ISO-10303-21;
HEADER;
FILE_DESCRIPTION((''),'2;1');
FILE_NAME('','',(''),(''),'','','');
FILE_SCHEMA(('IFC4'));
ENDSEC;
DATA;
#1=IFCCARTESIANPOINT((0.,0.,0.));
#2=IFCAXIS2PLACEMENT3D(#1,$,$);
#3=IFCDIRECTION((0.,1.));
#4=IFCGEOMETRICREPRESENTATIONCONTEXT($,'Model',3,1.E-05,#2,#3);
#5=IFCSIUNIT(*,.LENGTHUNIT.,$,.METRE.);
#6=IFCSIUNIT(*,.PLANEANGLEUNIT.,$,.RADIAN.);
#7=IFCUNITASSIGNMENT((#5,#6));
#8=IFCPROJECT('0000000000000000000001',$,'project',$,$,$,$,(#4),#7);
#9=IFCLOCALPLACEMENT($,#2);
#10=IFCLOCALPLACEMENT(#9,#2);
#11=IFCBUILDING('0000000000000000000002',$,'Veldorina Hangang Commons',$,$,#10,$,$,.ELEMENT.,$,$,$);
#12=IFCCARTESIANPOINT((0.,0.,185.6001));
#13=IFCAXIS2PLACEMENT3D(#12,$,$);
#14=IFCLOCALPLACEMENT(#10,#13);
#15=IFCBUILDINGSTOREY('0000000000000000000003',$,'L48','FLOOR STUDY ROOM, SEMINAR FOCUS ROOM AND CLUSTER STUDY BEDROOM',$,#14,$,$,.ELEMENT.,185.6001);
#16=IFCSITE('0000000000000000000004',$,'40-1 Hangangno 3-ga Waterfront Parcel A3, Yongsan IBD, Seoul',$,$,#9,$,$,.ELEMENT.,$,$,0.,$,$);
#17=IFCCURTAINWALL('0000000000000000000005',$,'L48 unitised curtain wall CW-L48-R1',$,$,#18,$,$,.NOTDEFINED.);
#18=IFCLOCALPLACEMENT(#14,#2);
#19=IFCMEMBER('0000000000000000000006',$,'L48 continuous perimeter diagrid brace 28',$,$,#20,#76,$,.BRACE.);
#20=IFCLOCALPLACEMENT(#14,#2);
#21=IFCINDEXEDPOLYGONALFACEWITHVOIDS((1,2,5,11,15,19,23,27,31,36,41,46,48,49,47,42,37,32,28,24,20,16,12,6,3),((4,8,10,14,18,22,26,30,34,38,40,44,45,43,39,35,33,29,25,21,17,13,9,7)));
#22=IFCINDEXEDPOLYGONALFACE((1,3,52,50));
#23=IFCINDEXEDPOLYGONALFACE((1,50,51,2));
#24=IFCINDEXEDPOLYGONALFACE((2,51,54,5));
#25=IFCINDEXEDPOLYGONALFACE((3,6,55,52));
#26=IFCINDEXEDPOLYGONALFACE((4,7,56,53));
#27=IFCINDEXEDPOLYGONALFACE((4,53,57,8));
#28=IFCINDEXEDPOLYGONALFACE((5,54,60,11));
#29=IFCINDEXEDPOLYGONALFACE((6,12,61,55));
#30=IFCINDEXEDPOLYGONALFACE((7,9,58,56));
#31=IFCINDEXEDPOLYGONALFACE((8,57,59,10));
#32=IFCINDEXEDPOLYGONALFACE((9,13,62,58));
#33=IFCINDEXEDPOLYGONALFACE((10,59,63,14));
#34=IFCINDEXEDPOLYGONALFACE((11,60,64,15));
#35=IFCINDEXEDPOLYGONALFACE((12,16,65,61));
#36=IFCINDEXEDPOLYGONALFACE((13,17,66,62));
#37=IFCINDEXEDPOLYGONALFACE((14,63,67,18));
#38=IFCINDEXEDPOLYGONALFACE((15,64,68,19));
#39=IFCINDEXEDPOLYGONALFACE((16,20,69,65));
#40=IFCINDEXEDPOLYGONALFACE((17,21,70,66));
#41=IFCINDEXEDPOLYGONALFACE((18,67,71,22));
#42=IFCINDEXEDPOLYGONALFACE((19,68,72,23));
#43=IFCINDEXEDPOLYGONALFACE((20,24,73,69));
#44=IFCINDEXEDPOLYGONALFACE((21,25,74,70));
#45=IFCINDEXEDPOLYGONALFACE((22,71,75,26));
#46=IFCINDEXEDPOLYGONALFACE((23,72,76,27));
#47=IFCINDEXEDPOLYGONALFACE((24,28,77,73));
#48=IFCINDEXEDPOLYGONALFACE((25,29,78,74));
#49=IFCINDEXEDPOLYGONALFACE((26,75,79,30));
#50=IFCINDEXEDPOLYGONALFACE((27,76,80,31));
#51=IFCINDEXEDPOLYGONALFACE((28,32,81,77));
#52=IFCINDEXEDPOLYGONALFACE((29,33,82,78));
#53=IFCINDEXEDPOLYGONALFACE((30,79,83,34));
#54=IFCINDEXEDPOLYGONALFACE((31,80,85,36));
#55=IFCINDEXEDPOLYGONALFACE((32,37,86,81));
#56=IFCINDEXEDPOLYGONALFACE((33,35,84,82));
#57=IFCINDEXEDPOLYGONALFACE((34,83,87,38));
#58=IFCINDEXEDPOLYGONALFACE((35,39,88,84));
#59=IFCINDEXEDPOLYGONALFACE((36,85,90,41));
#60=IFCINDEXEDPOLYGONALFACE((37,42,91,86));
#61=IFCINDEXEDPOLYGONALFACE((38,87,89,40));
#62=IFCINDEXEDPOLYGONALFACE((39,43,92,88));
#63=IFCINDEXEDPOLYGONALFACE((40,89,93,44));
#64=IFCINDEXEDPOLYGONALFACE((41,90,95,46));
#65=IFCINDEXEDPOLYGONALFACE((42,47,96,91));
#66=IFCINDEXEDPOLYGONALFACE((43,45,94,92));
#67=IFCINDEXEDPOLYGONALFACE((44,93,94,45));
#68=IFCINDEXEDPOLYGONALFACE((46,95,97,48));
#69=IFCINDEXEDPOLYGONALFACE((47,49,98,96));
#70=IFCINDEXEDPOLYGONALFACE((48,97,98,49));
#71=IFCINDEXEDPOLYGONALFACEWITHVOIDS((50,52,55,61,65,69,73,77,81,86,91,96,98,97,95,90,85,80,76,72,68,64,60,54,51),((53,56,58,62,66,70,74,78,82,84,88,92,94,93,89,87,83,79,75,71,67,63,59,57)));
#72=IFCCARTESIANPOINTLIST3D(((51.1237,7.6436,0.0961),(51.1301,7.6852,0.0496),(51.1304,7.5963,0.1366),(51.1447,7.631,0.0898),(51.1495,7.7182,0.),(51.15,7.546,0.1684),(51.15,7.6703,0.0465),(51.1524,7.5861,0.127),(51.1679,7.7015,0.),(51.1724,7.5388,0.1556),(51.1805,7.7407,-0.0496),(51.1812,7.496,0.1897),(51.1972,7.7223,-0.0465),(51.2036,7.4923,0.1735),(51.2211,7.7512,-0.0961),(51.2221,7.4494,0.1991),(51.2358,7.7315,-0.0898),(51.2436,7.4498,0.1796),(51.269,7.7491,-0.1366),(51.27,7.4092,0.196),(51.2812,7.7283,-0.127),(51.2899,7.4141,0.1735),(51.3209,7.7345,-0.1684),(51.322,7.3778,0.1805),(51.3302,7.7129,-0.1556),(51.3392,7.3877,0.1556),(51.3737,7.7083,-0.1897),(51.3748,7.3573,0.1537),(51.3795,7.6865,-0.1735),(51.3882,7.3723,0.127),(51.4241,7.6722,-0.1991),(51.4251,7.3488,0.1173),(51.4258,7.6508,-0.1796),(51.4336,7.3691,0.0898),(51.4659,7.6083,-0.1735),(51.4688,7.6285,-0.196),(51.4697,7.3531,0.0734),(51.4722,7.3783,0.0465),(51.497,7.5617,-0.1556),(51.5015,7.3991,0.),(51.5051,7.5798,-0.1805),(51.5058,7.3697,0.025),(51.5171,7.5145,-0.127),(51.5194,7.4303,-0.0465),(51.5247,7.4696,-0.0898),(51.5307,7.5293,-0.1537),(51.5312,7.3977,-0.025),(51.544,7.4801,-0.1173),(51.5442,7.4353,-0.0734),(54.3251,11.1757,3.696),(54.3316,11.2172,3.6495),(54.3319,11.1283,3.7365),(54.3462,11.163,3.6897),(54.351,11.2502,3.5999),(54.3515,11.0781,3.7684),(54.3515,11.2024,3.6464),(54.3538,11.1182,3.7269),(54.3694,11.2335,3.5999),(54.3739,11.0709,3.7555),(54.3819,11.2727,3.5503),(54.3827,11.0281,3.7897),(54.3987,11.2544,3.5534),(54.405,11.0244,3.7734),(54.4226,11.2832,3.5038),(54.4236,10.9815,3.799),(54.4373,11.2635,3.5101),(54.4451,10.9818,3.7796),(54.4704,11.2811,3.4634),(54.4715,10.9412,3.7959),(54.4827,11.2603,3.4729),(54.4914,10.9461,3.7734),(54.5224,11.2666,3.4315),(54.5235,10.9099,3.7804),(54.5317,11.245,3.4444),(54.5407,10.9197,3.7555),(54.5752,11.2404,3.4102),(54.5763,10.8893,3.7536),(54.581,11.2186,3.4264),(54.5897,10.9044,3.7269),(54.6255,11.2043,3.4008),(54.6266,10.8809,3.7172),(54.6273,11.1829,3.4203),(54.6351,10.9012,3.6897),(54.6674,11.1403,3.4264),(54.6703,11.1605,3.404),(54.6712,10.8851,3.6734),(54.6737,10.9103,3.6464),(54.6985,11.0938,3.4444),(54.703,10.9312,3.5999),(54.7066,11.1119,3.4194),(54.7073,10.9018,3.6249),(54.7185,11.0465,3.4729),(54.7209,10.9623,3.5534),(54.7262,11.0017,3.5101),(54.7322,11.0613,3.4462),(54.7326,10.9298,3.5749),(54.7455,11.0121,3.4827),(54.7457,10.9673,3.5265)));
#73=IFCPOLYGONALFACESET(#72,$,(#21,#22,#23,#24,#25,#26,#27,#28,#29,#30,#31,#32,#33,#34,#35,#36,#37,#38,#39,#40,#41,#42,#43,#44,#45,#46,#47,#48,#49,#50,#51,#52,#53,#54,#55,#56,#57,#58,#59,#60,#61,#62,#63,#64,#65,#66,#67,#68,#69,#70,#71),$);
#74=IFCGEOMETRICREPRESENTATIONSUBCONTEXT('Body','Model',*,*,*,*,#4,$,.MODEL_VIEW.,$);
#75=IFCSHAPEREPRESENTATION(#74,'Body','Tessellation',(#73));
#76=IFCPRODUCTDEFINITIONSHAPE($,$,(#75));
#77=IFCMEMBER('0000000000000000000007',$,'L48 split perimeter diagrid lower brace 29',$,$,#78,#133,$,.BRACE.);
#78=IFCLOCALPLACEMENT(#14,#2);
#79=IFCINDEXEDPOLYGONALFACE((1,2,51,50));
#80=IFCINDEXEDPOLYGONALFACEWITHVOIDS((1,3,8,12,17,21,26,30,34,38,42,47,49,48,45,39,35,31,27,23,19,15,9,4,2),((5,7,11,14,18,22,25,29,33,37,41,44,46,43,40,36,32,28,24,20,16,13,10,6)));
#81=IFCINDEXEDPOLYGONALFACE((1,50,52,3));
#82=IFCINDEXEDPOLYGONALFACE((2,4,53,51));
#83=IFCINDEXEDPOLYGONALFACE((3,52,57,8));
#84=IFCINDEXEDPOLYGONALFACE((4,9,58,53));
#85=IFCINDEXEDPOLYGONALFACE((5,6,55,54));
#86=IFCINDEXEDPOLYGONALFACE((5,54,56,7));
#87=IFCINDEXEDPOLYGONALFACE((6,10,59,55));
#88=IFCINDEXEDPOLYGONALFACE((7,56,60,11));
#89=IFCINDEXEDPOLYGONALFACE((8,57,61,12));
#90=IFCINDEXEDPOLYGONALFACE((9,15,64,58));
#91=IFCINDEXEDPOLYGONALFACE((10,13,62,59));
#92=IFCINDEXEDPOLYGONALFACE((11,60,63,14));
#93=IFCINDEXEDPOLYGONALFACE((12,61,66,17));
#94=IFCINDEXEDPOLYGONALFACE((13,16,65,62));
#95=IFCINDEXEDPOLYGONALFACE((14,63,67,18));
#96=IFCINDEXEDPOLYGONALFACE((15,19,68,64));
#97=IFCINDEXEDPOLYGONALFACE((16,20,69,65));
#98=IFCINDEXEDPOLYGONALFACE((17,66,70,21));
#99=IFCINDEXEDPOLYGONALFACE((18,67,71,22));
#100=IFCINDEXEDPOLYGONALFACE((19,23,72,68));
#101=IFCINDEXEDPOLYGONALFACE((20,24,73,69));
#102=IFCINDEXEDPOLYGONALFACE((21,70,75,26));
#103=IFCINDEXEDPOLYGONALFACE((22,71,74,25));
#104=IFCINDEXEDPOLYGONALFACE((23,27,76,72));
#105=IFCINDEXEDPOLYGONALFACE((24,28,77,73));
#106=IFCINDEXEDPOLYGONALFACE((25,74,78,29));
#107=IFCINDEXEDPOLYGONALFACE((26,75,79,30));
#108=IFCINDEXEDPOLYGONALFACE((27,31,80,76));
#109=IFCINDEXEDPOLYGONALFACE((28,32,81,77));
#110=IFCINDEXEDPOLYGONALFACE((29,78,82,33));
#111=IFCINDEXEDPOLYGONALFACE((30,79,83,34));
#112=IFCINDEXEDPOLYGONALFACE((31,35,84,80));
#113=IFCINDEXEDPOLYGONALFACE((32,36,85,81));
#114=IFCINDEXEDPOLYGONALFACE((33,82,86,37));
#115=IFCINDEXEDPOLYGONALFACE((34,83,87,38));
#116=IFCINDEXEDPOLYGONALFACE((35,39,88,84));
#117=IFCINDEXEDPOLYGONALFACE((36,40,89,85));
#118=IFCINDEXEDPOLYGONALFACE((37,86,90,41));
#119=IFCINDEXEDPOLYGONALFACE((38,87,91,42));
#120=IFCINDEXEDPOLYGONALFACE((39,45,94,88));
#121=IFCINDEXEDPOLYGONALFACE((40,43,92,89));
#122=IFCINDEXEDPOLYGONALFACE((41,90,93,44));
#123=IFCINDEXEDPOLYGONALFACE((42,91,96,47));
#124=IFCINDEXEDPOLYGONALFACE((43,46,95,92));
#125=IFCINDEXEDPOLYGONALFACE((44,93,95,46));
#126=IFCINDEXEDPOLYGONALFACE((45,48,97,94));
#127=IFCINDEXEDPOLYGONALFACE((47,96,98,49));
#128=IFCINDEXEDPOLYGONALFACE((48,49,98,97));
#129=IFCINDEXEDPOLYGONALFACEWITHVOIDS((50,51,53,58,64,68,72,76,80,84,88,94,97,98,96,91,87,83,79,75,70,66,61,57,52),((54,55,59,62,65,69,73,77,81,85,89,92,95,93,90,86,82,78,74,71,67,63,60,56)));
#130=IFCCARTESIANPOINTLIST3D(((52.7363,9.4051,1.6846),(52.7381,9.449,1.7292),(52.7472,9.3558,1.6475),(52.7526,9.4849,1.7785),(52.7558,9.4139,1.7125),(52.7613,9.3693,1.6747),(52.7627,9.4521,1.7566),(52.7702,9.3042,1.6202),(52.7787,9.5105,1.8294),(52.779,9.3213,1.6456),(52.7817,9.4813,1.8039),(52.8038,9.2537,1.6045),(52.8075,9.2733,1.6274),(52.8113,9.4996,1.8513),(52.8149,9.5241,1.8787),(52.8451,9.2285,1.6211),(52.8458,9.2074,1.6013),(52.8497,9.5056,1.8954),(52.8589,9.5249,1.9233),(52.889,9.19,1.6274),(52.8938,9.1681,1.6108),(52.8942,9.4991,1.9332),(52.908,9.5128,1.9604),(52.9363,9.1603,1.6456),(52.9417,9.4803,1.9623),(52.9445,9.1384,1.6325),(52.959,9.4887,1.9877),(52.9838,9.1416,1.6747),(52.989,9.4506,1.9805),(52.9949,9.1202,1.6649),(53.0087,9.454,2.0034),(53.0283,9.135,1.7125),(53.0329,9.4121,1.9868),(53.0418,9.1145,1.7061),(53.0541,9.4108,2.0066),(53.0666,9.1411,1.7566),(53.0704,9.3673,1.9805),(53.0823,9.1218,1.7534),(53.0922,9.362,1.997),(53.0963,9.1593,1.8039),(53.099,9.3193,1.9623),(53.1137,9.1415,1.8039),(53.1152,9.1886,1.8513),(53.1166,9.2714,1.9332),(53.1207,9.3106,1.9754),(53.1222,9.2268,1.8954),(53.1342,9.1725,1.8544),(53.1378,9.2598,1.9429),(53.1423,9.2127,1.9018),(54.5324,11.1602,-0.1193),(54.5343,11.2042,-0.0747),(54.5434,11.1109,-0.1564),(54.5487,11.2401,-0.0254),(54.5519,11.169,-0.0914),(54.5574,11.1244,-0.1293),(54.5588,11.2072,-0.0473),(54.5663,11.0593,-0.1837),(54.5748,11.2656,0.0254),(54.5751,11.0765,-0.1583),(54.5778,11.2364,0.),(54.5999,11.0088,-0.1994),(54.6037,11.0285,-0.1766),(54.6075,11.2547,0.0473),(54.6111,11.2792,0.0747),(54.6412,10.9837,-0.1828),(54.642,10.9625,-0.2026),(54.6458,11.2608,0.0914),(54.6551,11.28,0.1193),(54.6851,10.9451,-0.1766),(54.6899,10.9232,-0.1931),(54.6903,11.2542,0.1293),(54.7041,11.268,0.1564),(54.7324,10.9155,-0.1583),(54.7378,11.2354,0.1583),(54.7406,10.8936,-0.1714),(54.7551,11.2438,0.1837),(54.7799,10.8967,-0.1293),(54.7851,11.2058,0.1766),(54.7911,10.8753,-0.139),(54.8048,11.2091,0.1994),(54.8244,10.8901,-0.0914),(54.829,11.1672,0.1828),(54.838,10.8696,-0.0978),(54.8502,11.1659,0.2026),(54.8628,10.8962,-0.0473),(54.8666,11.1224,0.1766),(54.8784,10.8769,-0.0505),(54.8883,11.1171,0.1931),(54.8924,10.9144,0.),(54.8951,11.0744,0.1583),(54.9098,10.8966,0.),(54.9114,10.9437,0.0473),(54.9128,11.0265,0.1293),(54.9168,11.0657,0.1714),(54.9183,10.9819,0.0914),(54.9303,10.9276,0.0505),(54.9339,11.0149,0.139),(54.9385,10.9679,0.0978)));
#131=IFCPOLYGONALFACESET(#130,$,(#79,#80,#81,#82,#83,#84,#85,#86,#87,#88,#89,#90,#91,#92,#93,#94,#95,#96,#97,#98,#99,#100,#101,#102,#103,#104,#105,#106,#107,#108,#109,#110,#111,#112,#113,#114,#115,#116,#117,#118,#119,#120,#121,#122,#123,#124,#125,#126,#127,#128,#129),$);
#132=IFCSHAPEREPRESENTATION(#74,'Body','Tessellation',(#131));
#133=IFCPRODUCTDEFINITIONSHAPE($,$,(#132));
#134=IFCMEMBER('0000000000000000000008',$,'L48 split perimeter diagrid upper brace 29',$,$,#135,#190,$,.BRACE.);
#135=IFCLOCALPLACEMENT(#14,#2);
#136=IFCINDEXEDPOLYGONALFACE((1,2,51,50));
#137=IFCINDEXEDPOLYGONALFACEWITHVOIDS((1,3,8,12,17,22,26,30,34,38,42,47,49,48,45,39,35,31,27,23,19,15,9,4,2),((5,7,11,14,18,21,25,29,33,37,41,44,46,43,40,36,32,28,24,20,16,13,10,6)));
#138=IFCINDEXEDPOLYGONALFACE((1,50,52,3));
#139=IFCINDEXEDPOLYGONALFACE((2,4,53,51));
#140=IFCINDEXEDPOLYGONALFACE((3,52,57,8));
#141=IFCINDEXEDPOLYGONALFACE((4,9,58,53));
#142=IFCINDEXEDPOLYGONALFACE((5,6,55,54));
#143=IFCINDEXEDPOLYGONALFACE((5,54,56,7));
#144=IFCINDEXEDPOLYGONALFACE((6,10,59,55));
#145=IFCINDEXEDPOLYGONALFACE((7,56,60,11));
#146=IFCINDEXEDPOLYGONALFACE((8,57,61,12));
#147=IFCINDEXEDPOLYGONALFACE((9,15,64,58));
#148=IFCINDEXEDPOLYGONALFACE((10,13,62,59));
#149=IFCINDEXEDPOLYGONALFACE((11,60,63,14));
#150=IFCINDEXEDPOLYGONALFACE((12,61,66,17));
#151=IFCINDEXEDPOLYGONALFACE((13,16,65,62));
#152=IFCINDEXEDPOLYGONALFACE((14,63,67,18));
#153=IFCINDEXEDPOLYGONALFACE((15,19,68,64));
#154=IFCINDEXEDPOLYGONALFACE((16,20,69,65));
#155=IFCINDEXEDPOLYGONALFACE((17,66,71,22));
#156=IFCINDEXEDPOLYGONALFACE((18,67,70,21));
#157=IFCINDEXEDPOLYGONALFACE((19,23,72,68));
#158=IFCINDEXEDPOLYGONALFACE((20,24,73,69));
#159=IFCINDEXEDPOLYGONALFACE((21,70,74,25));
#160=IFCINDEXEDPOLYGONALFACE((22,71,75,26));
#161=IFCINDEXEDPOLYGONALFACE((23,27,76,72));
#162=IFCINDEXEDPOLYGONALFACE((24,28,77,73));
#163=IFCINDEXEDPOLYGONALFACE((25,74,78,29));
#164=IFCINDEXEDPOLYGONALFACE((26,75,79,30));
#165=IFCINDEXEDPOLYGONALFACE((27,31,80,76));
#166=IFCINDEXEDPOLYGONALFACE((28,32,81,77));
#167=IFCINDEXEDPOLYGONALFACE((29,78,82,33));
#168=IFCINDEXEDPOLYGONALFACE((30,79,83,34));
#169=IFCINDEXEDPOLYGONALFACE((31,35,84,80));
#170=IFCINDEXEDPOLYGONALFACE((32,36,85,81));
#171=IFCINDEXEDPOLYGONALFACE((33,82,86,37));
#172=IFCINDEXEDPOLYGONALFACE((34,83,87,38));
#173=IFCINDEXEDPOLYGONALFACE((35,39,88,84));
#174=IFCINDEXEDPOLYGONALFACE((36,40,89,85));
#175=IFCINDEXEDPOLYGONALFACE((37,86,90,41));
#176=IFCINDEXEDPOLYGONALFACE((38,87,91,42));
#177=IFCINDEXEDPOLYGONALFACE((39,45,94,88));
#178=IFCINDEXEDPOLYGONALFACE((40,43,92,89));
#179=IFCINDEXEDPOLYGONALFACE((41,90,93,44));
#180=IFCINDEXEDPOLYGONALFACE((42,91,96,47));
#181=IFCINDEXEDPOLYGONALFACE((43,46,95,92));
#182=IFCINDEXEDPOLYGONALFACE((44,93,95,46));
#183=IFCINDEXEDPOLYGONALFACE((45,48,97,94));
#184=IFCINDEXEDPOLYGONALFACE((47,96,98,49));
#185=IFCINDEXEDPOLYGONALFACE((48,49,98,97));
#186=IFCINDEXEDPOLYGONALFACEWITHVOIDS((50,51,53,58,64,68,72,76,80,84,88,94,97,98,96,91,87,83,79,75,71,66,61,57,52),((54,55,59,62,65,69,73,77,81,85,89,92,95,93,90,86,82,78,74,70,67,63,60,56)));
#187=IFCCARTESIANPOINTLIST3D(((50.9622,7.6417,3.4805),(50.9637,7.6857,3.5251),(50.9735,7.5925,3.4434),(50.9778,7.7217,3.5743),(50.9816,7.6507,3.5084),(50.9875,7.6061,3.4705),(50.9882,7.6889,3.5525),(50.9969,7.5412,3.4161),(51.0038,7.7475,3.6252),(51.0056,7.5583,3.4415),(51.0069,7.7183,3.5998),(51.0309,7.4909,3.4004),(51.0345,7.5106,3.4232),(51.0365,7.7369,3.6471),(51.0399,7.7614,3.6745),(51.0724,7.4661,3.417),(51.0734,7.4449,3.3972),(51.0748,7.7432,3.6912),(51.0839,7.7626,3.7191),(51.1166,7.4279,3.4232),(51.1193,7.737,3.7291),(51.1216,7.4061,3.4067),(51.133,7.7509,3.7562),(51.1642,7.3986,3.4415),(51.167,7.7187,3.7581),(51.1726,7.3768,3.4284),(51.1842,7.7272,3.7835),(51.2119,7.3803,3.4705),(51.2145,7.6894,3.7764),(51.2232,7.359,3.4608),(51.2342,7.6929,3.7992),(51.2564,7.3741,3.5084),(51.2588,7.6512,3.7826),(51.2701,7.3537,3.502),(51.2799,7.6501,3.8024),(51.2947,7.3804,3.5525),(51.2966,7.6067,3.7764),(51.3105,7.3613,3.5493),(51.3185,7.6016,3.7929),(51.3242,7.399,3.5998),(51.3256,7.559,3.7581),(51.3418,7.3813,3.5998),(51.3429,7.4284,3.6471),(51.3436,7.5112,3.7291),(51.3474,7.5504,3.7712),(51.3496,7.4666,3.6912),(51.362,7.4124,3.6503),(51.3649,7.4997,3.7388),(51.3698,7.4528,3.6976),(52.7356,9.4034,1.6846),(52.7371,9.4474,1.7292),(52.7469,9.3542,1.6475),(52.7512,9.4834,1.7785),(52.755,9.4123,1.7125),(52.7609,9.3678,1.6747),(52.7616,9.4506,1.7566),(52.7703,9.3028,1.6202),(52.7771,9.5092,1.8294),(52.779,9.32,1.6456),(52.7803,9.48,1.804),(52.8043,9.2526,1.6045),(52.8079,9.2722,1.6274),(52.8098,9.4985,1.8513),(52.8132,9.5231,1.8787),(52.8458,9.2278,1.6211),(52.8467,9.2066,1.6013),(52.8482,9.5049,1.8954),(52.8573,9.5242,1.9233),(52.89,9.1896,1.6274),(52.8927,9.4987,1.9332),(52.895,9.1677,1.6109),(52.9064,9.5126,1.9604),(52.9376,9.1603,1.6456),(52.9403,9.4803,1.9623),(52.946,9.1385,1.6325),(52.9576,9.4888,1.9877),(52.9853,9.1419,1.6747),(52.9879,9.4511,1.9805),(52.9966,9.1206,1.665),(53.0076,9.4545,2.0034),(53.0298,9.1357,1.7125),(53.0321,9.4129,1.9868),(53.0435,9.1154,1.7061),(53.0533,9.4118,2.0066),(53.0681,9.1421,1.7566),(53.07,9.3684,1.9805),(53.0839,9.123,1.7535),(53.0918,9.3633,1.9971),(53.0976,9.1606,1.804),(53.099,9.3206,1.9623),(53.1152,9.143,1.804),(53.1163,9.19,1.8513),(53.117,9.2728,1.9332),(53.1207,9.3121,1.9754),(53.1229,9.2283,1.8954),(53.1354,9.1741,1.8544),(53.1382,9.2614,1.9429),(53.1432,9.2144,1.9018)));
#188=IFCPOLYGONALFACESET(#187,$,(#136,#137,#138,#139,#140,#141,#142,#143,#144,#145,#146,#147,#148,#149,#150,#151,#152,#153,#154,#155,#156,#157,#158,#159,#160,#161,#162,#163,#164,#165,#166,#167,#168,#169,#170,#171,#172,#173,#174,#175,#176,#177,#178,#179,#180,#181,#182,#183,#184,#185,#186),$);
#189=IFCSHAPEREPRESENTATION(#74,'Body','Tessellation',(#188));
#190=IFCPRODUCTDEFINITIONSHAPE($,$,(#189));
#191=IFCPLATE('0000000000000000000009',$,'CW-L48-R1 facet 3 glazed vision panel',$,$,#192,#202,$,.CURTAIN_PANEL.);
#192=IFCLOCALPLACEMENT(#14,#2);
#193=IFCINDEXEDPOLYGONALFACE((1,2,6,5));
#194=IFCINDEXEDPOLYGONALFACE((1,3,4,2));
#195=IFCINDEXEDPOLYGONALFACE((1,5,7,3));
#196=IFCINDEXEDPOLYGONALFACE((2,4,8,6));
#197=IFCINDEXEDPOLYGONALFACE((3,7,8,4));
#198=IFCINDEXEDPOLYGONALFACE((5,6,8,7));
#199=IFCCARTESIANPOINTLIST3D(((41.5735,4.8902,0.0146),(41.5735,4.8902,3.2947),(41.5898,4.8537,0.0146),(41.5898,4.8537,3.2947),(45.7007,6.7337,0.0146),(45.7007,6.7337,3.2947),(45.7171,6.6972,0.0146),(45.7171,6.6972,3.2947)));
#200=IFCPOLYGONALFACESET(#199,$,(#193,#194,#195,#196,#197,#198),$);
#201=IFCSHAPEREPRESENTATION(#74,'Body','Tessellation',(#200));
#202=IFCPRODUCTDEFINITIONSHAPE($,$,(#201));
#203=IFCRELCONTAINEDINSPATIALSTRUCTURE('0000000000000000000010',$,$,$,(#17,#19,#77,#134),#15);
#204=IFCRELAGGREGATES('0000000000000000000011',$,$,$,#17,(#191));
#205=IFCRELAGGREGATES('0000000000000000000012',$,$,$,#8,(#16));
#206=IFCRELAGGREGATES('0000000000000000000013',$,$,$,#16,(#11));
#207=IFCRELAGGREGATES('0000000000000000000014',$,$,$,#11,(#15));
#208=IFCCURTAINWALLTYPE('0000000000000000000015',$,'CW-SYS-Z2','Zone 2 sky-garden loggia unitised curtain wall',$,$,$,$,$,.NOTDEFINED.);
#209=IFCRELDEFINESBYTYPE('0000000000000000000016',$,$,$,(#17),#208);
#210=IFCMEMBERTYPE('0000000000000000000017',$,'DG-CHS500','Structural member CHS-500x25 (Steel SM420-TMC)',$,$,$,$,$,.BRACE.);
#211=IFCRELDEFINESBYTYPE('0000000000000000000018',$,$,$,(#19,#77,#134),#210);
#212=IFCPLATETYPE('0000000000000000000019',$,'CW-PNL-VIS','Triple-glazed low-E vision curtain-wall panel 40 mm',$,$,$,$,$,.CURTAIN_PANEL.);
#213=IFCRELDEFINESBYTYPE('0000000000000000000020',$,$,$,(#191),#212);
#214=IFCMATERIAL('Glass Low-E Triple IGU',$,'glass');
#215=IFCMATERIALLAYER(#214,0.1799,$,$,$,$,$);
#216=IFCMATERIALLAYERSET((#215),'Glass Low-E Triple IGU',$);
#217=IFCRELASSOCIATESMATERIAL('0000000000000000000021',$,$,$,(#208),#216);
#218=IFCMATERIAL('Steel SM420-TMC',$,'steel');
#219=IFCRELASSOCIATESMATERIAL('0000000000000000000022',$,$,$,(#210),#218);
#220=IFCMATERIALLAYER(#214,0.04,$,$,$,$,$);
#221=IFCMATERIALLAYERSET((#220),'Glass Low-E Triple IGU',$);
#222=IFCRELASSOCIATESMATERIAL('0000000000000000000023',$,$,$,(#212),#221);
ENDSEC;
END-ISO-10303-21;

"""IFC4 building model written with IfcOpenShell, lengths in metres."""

from ifc_helpers import new_model, si_unit, direction, frame, origin, origin_2d, place, context, subcontext, project, spatial, rectangle, hollow_circle, extrude, material, layer, layer_set, material_profile, profile_set, type_object, element, aggregate, save


model = new_model("IFC4")

# Units and contexts
model_context = context("Model", 3, precision=1e-05, world=origin(), true_north=direction((0.0, 1.0)))
body_context = subcontext(model_context, "Body", "Model", "MODEL_VIEW")
ifc_project = project(units=[si_unit("LENGTHUNIT", "METRE"), si_unit("PLANEANGLEUNIT", "RADIAN")], contexts=[model_context])

# Site, building, storey
site_placement = place(None, origin())
site = spatial("IfcSite", under=ifc_project, at=site_placement, Name="40-1 Hangangno 3-ga Waterfront Parcel A3, Yongsan IBD, Seoul", CompositionType="ELEMENT", RefElevation=0.0)
building_placement = place(site_placement, origin())
building = spatial("IfcBuilding", under=site, at=building_placement, Name="Veldorina Hangang Commons", CompositionType="ELEMENT")
storey_placement = place(building_placement, frame((0.0, 0.0, 185.6001)))
storey = spatial("IfcBuildingStorey", under=building, at=storey_placement, Name="L48", Description="FLOOR STUDY ROOM, SEMINAR FOCUS ROOM AND CLUSTER STUDY BEDROOM", CompositionType="ELEMENT", Elevation=185.6001)

# Shared definitions
ifc_material_1 = material(Name="Steel SM420-TMC", Category="steel")

# Curtain wall
ifc_material_2 = material(Name="Glass Low-E Triple IGU", Category="glass")
ifc_layer_1 = layer(ifc_material_2, 0.1799)
ifc_layer_set_1 = layer_set([ifc_layer_1], Name="Glass Low-E Triple IGU")
curtain_wall_type = type_object("IfcCurtainWallType", Name="CW-SYS-Z2", Description="Zone 2 sky-garden loggia unitised curtain wall", PredefinedType="NOTDEFINED", material=ifc_layer_set_1)
curtain_wall_1_placement = place(storey_placement, origin())
curtain_wall_1 = element("IfcCurtainWall", 1, at=curtain_wall_1_placement, inside=storey, type_object=curtain_wall_type, Name="L48 unitised curtain wall CW-L48-R1", PredefinedType="NOTDEFINED")

# Members
ifc_material_profile_1 = material_profile(ifc_material_1, hollow_circle(Radius=0.25, WallThickness=0.0249, at=origin_2d()), Name="CHS-500x25")
ifc_profile_set_1 = profile_set([ifc_material_profile_1], Name="Steel SM420-TMC")
member_type_1 = type_object("IfcMemberType", Name="DG-CHS500", Description="Structural member CHS-500x25 (Steel SM420-TMC)", PredefinedType="BRACE", material=ifc_profile_set_1)
member_1_placement = place(storey_placement, frame((51.3347, 7.5503, 0.0), z_axis=(0.535935, 0.591273, 0.602635), x_axis=(-0.740929, 0.671584, 0.0)))
element("IfcMember", 2, at=member_1_placement, inside=storey, type_object=member_type_1, Name="L48 continuous perimeter diagrid brace 28", PredefinedType="BRACE", context=body_context, shape_type="SweptSolid", body=[
    extrude(hollow_circle(Radius=0.25, WallThickness=0.0249, at=origin_2d()), origin(), (0.0, 0.0, 1.0), 5.9736),
])
member_2_placement = place(storey_placement, frame((54.7351, 11.0754, 0.0), z_axis=(-0.580888, -0.567623, 0.583415), x_axis=(0.698893, -0.715226, 0.0)))
element("IfcMember", 3, at=member_2_placement, inside=storey, type_object=member_type_1, Name="L48 split perimeter diagrid lower brace 29", PredefinedType="BRACE", context=body_context, shape_type="SweptSolid", body=[
    extrude(hollow_circle(Radius=0.25, WallThickness=0.0249, at=origin_2d()), origin(), (0.0, 0.0, 1.0), 3.092),
])
member_3_placement = place(storey_placement, frame((52.939, 9.3203, 1.804), z_axis=(-0.576169, -0.572361, 0.583466), x_axis=(0.704759, -0.709447, 0.0)))
element("IfcMember", 4, at=member_3_placement, inside=storey, type_object=member_type_1, Name="L48 split perimeter diagrid upper brace 29", PredefinedType="BRACE", context=body_context, shape_type="SweptSolid", body=[
    extrude(hollow_circle(Radius=0.25, WallThickness=0.0249, at=origin_2d()), origin(), (0.0, 0.0, 1.0), 3.0779),
])

# Plate
ifc_layer_2 = layer(ifc_material_2, 0.04)
ifc_layer_set_2 = layer_set([ifc_layer_2], Name="Glass Low-E Triple IGU")
plate_type_1 = type_object("IfcPlateType", Name="CW-PNL-VIS", Description="Triple-glazed low-E vision curtain-wall panel 40 mm", PredefinedType="CURTAIN_PANEL", material=ifc_layer_set_2)
plate_1_placement = place(storey_placement, frame((43.6453, 5.7937, 0.0146), z_axis=(0.0, 0.0, 1.0), x_axis=(0.913055, 0.407837, 0.0)))
plate_1 = element("IfcPlate", 5, at=plate_1_placement, type_object=plate_type_1, Name="CW-L48-R1 facet 3 glazed vision panel", PredefinedType="CURTAIN_PANEL", context=body_context, shape_type="SweptSolid", body=[
    extrude(rectangle(XDim=4.5203, YDim=0.04, at=origin_2d()), origin(), (0.0, 0.0, 1.0), 3.28),
])
aggregate(curtain_wall_1, [plate_1])

save(model, "model.ifc")
